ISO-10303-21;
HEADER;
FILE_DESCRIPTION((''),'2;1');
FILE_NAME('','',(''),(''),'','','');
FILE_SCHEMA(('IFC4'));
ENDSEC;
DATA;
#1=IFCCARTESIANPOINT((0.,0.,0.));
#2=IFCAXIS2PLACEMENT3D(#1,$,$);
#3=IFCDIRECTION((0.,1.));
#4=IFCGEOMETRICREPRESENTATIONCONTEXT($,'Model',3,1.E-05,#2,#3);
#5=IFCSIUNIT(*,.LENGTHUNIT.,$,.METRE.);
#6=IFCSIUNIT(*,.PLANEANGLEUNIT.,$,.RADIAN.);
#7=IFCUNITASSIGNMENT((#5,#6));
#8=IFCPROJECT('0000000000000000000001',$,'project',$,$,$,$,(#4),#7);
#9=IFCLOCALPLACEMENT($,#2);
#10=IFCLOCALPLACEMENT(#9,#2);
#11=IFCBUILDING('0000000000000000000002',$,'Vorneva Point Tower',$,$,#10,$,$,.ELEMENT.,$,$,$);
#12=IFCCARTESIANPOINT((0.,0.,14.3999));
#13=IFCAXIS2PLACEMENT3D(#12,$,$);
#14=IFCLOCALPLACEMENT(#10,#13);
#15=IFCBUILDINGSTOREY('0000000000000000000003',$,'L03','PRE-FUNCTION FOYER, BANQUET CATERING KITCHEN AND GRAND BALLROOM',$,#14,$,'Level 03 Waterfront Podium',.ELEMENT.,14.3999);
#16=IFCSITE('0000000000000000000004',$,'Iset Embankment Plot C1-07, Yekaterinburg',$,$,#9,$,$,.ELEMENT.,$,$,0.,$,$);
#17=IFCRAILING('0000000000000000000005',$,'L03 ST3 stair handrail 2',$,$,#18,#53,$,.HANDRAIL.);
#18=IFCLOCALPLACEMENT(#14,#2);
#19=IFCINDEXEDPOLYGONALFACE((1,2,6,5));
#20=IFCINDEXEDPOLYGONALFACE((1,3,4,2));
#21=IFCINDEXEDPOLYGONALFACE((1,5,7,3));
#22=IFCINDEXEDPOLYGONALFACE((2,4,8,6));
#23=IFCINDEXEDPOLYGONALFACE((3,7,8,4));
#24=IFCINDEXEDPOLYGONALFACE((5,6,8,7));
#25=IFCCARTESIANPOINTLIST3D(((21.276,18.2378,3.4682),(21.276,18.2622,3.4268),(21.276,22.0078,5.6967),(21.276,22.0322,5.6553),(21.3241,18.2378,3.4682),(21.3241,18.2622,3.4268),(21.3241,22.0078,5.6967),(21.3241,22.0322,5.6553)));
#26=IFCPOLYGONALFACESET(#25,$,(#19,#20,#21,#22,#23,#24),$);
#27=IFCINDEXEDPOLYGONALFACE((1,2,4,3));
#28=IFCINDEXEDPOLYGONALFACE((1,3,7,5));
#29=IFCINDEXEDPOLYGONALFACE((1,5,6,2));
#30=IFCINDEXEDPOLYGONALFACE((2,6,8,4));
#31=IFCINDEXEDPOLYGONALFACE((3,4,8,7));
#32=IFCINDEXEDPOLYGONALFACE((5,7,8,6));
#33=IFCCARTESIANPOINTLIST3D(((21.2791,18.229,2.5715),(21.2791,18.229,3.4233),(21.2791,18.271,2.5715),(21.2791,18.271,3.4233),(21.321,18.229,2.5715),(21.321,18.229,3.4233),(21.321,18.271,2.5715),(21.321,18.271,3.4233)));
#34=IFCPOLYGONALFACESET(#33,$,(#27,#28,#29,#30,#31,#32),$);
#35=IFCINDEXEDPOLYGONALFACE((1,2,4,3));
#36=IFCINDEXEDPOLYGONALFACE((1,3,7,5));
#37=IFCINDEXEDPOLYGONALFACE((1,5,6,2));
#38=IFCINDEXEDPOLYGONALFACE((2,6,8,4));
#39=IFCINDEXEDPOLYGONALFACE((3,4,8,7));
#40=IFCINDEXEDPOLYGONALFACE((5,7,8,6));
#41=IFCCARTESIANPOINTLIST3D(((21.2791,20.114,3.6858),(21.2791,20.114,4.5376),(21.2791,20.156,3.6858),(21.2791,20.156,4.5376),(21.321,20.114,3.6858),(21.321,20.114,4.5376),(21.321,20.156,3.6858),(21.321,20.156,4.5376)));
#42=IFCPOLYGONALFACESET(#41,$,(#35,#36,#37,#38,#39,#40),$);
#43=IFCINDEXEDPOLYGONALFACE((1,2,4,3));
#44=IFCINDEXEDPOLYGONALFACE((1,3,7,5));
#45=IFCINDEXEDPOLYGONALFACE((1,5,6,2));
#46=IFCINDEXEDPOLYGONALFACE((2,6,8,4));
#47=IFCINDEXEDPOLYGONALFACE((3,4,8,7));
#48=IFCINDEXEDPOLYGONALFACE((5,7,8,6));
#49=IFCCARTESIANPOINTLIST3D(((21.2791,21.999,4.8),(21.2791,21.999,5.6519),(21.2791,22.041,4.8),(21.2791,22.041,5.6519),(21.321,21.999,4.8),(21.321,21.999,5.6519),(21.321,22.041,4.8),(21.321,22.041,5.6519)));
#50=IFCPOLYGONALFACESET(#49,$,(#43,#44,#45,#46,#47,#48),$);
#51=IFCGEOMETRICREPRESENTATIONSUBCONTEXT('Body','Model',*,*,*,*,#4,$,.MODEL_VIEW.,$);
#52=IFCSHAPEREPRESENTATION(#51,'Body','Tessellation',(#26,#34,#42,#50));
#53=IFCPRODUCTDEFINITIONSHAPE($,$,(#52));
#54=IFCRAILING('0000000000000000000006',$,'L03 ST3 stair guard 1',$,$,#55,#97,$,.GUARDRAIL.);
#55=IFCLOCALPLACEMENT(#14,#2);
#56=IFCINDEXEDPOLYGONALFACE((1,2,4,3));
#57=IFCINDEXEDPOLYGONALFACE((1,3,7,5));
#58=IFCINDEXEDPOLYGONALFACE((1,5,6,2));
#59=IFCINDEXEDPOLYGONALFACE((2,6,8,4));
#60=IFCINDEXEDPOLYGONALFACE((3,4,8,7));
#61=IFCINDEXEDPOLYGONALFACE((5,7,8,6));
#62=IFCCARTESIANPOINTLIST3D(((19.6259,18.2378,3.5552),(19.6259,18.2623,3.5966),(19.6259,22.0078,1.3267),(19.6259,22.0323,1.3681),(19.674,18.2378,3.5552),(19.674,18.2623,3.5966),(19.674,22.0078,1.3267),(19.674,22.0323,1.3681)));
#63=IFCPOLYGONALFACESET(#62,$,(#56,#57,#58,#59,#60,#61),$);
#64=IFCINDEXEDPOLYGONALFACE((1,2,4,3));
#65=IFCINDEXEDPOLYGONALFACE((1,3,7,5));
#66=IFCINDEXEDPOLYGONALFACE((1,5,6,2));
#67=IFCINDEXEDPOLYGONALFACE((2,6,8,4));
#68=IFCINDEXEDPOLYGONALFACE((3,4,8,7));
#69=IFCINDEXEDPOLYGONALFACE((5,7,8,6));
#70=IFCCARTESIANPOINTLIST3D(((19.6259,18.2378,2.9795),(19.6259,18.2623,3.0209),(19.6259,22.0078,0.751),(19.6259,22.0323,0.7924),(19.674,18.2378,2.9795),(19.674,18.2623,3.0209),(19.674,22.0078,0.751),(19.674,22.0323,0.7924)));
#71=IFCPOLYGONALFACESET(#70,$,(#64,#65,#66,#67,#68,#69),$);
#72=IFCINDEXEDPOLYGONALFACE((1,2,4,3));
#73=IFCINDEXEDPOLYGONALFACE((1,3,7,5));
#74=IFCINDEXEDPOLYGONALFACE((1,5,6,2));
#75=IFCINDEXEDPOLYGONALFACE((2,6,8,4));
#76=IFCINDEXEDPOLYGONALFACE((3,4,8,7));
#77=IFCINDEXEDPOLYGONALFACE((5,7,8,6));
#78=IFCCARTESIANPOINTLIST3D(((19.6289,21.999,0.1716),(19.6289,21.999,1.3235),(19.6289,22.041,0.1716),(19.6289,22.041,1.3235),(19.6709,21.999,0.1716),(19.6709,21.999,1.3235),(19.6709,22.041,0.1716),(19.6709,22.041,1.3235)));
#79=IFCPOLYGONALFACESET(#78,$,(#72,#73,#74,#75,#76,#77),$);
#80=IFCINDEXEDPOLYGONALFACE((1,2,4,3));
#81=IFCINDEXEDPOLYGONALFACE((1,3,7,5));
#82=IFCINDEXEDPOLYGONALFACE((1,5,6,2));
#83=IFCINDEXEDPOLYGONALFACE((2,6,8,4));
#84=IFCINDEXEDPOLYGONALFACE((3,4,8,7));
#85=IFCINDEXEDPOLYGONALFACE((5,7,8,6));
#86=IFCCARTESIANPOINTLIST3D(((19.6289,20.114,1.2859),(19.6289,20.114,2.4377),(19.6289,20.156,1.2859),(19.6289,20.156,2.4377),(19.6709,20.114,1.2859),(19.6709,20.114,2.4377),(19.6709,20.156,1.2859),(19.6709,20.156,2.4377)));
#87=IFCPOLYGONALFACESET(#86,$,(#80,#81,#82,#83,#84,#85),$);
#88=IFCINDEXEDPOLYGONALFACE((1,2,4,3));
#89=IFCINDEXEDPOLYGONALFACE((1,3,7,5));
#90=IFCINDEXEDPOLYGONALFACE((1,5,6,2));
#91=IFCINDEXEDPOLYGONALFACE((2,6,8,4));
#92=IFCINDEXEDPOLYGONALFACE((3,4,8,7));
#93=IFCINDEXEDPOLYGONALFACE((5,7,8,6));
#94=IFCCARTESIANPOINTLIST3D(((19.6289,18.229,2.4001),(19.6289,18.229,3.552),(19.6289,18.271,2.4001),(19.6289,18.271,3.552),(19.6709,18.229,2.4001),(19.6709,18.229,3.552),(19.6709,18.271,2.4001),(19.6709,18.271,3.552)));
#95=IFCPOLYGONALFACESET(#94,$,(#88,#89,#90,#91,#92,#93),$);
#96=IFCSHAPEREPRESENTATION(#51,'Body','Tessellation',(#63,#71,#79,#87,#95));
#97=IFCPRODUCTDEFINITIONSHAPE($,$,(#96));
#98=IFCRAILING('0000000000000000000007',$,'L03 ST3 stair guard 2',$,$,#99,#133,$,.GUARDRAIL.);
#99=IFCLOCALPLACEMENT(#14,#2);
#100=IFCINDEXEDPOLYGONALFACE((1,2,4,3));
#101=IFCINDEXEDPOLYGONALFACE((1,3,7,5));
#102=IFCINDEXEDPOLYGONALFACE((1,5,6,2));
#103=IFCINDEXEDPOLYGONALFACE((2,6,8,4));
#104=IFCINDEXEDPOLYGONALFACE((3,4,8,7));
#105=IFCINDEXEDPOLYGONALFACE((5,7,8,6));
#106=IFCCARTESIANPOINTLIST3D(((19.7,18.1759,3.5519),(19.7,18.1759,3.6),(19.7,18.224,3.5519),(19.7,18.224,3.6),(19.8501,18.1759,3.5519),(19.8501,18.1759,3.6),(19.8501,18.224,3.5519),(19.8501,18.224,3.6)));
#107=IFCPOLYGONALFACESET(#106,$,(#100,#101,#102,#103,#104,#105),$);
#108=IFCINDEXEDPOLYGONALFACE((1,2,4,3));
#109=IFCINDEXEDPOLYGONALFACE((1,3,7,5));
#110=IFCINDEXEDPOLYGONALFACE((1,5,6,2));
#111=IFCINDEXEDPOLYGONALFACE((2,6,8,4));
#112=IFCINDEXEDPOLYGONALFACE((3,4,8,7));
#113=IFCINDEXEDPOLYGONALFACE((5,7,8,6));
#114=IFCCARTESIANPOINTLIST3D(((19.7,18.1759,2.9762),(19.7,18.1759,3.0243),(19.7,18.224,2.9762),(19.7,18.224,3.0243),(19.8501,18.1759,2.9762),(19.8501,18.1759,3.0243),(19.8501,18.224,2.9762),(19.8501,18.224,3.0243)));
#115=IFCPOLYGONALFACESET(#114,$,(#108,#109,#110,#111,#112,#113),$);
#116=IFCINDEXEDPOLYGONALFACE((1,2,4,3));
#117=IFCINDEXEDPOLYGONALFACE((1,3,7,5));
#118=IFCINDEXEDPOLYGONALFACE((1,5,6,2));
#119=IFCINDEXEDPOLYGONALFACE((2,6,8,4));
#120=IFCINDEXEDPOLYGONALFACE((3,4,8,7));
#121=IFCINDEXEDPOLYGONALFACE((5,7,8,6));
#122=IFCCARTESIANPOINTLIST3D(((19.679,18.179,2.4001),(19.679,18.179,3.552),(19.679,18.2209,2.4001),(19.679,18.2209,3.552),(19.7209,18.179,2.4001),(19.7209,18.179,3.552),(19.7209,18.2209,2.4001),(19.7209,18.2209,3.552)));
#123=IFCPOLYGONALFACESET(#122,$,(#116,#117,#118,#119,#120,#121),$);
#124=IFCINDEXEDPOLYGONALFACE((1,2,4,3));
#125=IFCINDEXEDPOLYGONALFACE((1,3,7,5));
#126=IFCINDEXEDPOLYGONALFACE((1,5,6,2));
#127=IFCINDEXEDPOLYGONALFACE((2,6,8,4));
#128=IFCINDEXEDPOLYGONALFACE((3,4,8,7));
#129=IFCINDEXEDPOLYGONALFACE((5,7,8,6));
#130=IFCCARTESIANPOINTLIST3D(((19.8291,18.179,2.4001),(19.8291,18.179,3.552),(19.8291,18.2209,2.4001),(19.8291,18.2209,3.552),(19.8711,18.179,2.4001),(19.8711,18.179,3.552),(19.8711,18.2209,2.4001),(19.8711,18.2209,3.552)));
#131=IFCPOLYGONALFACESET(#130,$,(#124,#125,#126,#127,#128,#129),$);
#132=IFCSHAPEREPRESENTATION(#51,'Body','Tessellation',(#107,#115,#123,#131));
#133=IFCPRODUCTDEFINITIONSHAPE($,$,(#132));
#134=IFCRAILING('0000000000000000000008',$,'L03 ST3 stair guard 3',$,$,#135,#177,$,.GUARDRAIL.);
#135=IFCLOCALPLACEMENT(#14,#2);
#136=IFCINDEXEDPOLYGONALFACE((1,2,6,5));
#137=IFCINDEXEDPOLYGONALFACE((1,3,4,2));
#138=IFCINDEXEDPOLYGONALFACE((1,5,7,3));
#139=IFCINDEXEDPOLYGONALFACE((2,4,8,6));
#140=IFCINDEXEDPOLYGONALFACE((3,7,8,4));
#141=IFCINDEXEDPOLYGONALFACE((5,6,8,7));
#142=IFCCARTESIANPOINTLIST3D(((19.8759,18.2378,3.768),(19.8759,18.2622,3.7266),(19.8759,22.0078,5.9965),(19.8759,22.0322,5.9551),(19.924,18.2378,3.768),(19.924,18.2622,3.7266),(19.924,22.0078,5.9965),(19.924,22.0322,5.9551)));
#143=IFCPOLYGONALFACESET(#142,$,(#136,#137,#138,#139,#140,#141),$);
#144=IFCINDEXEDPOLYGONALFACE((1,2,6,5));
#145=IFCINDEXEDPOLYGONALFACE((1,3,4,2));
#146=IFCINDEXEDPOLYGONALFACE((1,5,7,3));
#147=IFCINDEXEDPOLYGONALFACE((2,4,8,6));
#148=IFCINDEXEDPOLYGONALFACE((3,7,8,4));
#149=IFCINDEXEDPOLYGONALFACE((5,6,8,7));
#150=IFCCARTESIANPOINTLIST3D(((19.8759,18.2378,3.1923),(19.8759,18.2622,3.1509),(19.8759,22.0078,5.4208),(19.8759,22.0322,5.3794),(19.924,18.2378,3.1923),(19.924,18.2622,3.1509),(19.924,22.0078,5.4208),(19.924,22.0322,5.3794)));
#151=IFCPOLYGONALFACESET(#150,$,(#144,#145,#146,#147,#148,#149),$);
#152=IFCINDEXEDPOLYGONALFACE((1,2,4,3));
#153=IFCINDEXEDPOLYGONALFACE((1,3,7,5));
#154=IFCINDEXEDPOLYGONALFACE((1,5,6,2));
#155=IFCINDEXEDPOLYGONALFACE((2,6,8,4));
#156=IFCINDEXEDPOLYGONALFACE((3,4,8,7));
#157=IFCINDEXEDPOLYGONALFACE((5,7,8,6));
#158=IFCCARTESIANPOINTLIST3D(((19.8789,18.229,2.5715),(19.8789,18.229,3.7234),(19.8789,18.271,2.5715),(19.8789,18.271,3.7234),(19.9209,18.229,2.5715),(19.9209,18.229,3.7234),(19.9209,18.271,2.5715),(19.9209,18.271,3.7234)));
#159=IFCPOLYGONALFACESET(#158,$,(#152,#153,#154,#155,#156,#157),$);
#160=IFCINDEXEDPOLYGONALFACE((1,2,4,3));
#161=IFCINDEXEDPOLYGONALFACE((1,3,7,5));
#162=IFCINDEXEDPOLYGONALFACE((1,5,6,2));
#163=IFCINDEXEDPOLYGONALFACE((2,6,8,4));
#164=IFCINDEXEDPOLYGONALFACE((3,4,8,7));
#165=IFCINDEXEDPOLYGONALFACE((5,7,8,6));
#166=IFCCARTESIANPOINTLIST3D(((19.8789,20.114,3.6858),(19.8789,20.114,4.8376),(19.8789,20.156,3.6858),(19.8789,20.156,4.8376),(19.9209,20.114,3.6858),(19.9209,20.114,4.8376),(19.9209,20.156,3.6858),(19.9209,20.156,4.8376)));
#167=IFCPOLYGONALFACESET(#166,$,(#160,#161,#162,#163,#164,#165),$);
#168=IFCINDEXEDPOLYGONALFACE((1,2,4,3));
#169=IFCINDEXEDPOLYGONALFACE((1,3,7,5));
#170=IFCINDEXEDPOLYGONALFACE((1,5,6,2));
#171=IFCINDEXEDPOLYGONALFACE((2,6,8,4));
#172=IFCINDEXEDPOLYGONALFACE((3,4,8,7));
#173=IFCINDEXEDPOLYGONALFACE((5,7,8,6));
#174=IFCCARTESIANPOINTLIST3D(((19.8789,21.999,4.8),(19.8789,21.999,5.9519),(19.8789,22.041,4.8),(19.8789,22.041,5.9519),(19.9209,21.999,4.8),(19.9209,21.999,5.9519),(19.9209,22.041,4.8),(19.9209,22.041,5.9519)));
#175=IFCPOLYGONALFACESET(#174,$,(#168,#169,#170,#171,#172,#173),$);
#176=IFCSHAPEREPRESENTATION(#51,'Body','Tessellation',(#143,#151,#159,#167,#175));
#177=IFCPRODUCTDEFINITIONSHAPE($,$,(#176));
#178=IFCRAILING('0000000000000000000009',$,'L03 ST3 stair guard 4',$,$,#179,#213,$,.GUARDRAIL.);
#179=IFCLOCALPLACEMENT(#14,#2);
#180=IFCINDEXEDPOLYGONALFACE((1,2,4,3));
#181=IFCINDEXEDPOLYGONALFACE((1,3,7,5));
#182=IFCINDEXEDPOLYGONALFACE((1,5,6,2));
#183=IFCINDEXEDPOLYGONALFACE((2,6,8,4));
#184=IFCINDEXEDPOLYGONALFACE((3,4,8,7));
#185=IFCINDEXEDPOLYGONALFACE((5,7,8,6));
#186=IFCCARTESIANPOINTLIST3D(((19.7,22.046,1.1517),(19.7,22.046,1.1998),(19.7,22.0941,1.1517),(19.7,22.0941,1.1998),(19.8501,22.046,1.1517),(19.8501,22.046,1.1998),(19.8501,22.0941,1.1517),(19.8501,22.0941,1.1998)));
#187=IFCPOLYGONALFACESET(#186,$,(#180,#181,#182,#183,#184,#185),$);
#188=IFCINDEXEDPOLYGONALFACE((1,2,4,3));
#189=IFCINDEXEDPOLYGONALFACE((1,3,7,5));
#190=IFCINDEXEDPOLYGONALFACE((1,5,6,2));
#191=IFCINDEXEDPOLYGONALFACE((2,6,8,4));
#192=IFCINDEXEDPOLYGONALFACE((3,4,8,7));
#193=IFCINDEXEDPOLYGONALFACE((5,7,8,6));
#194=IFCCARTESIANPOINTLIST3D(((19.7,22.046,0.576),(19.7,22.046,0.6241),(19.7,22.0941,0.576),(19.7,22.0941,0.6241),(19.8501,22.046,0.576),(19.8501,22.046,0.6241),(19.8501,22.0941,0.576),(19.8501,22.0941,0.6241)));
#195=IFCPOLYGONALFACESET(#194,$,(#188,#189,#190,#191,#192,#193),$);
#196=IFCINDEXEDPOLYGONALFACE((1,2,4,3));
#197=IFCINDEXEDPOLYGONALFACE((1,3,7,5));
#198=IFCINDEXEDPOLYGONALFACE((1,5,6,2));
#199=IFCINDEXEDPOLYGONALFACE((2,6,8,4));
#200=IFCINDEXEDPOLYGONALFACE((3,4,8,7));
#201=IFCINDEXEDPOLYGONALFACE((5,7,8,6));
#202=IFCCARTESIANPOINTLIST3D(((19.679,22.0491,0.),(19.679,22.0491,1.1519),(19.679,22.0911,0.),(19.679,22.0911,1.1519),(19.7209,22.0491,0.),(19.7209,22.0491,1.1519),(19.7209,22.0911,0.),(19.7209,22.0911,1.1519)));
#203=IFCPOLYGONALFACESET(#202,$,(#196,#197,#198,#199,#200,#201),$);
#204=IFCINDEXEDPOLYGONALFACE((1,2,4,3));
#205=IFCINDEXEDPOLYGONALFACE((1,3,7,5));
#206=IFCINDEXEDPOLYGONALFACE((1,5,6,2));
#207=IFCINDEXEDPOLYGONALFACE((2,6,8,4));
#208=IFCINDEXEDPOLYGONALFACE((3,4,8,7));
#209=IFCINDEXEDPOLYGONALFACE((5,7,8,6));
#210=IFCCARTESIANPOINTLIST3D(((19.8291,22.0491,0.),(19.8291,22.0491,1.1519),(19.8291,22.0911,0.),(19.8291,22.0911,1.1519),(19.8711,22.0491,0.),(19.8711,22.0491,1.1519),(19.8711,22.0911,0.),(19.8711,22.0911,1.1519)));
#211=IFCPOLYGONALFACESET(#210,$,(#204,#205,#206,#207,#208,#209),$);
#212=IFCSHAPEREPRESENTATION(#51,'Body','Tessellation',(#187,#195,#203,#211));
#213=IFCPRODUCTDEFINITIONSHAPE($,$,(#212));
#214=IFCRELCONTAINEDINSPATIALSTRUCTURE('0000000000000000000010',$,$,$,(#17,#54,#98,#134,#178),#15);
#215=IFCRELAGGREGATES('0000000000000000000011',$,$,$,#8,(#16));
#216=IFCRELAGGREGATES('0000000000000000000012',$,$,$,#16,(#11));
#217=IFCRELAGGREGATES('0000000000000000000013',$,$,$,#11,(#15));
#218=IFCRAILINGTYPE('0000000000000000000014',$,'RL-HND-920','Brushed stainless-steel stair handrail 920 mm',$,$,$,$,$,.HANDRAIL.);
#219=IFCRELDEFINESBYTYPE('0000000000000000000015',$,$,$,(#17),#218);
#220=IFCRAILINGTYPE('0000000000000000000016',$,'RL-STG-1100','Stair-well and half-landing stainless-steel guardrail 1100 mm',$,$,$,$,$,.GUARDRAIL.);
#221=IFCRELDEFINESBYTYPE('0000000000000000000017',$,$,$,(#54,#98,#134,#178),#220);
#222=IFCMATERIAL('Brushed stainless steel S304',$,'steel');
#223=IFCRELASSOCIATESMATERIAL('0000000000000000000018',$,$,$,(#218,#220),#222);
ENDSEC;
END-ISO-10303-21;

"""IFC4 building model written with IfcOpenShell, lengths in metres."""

from ifc_helpers import new_model, si_unit, direction, frame, origin, origin_2d, place, context, subcontext, project, spatial, rectangle, extrude, material, type_object, element, save


model = new_model("IFC4")

# Units and contexts
model_context = context("Model", 3, precision=1e-05, world=origin(), true_north=direction((0.0, 1.0)))
body_context = subcontext(model_context, "Body", "Model", "MODEL_VIEW")
ifc_project = project(units=[si_unit("LENGTHUNIT", "METRE"), si_unit("PLANEANGLEUNIT", "RADIAN")], contexts=[model_context])

# Site, building, storey
site_placement = place(None, origin())
site = spatial("IfcSite", under=ifc_project, at=site_placement, Name="Iset Embankment Plot C1-07, Yekaterinburg", CompositionType="ELEMENT", RefElevation=0.0)
building_placement = place(site_placement, origin())
building = spatial("IfcBuilding", under=site, at=building_placement, Name="Vorneva Point Tower", CompositionType="ELEMENT")
storey_placement = place(building_placement, frame((0.0, 0.0, 14.3999)))
storey = spatial("IfcBuildingStorey", under=building, at=storey_placement, Name="L03", Description="PRE-FUNCTION FOYER, BANQUET CATERING KITCHEN AND GRAND BALLROOM", LongName="Level 03 Waterfront Podium", CompositionType="ELEMENT", Elevation=14.3999)

# Railings
ifc_material_1 = material(Name="Brushed stainless steel S304", Category="steel")
railing_type_1 = type_object("IfcRailingType", Name="RL-HND-920", Description="Brushed stainless-steel stair handrail 920 mm", PredefinedType="HANDRAIL", material=ifc_material_1)
railing_1_placement = place(storey_placement, frame((21.3, 18.25, 2.5715)))
element("IfcRailing", 1, at=railing_1_placement, inside=storey, type_object=railing_type_1, Name="L03 ST3 stair handrail 2", PredefinedType="HANDRAIL", context=body_context, shape_type="SweptSolid", body=[
    extrude(rectangle(XDim=0.0481, YDim=0.0481, at=origin_2d()), frame((0.0, 0.0, 0.876), z_axis=(0.0, 0.860849, 0.508861), x_axis=(-1.0, 0.0, 0.0)), (0.0, 0.0, 1.0), 4.3794),
    extrude(rectangle(XDim=0.042, YDim=0.042, at=origin_2d()), origin(), (0.0, 0.0, 1.0), 0.8518),
    extrude(rectangle(XDim=0.042, YDim=0.042, at=origin_2d()), frame((0.0, 1.885, 1.1143)), (0.0, 0.0, 1.0), 0.8518),
    extrude(rectangle(XDim=0.042, YDim=0.042, at=origin_2d()), frame((0.0, 3.77, 2.2285)), (0.0, 0.0, 1.0), 0.8518),
])
railing_type_2 = type_object("IfcRailingType", Name="RL-STG-1100", Description="Stair-well and half-landing stainless-steel guardrail 1100 mm", PredefinedType="GUARDRAIL", material=ifc_material_1)
railing_2_placement = place(storey_placement, frame((19.6499, 22.02, 0.1716)))
element("IfcRailing", 2, at=railing_2_placement, inside=storey, type_object=railing_type_2, Name="L03 ST3 stair guard 1", PredefinedType="GUARDRAIL", context=body_context, shape_type="SweptSolid", body=[
    extrude(rectangle(XDim=0.0481, YDim=0.0481, at=origin_2d()), frame((0.0, 0.0, 1.1758), z_axis=(0.0, -0.860849, 0.508861), x_axis=(1.0, 0.0, 0.0)), (0.0, 0.0, 1.0), 4.3794),
    extrude(rectangle(XDim=0.0481, YDim=0.0481, at=origin_2d()), frame((0.0, 0.0, 0.6001), z_axis=(0.0, -0.860849, 0.508861), x_axis=(1.0, 0.0, 0.0)), (0.0, 0.0, 1.0), 4.3794),
    extrude(rectangle(XDim=0.042, YDim=0.042, at=origin_2d()), origin(), (0.0, 0.0, 1.0), 1.1519),
    extrude(rectangle(XDim=0.042, YDim=0.042, at=origin_2d()), frame((0.0, -1.885, 1.1143)), (0.0, 0.0, 1.0), 1.1519),
    extrude(rectangle(XDim=0.042, YDim=0.042, at=origin_2d()), frame((0.0, -3.77, 2.2285)), (0.0, 0.0, 1.0), 1.1519),
])
railing_3_placement = place(storey_placement, frame((19.7, 18.2, 2.4001)))
element("IfcRailing", 3, at=railing_3_placement, inside=storey, type_object=railing_type_2, Name="L03 ST3 stair guard 2", PredefinedType="GUARDRAIL", context=body_context, shape_type="SweptSolid", body=[
    extrude(rectangle(XDim=0.0481, YDim=0.0481, at=origin_2d()), frame((0.0, 0.0, 1.1758), z_axis=(1.0, 0.0, 0.0), x_axis=(0.0, 1.0, 0.0)), (0.0, 0.0, 1.0), 0.1501),
    extrude(rectangle(XDim=0.0481, YDim=0.0481, at=origin_2d()), frame((0.0, 0.0, 0.6001), z_axis=(1.0, 0.0, 0.0), x_axis=(0.0, 1.0, 0.0)), (0.0, 0.0, 1.0), 0.1501),
    extrude(rectangle(XDim=0.042, YDim=0.042, at=origin_2d()), origin(), (0.0, 0.0, 1.0), 1.1519),
    extrude(rectangle(XDim=0.042, YDim=0.042, at=origin_2d()), frame((0.1501, 0.0, 0.0)), (0.0, 0.0, 1.0), 1.1519),
])
railing_4_placement = place(storey_placement, frame((19.8999, 18.25, 2.5715)))
element("IfcRailing", 4, at=railing_4_placement, inside=storey, type_object=railing_type_2, Name="L03 ST3 stair guard 3", PredefinedType="GUARDRAIL", context=body_context, shape_type="SweptSolid", body=[
    extrude(rectangle(XDim=0.0481, YDim=0.0481, at=origin_2d()), frame((0.0, 0.0, 1.1758), z_axis=(0.0, 0.860849, 0.508861), x_axis=(-1.0, 0.0, 0.0)), (0.0, 0.0, 1.0), 4.3794),
    extrude(rectangle(XDim=0.0481, YDim=0.0481, at=origin_2d()), frame((0.0, 0.0, 0.6001), z_axis=(0.0, 0.860849, 0.508861), x_axis=(-1.0, 0.0, 0.0)), (0.0, 0.0, 1.0), 4.3794),
    extrude(rectangle(XDim=0.042, YDim=0.042, at=origin_2d()), origin(), (0.0, 0.0, 1.0), 1.1519),
    extrude(rectangle(XDim=0.042, YDim=0.042, at=origin_2d()), frame((0.0, 1.885, 1.1143)), (0.0, 0.0, 1.0), 1.1519),
    extrude(rectangle(XDim=0.042, YDim=0.042, at=origin_2d()), frame((0.0, 3.77, 2.2285)), (0.0, 0.0, 1.0), 1.1519),
])
railing_5_placement = place(storey_placement, frame((19.7, 22.0701, 0.0)))
element("IfcRailing", 5, at=railing_5_placement, inside=storey, type_object=railing_type_2, Name="L03 ST3 stair guard 4", PredefinedType="GUARDRAIL", context=body_context, shape_type="SweptSolid", body=[
    extrude(rectangle(XDim=0.0481, YDim=0.0481, at=origin_2d()), frame((0.0, 0.0, 1.1758), z_axis=(1.0, 0.0, 0.0), x_axis=(0.0, 1.0, 0.0)), (0.0, 0.0, 1.0), 0.1501),
    extrude(rectangle(XDim=0.0481, YDim=0.0481, at=origin_2d()), frame((0.0, 0.0, 0.6001), z_axis=(1.0, 0.0, 0.0), x_axis=(0.0, 1.0, 0.0)), (0.0, 0.0, 1.0), 0.1501),
    extrude(rectangle(XDim=0.042, YDim=0.042, at=origin_2d()), origin(), (0.0, 0.0, 1.0), 1.1519),
    extrude(rectangle(XDim=0.042, YDim=0.042, at=origin_2d()), frame((0.1501, 0.0, 0.0)), (0.0, 0.0, 1.0), 1.1519),
])

save(model, "model.ifc")
